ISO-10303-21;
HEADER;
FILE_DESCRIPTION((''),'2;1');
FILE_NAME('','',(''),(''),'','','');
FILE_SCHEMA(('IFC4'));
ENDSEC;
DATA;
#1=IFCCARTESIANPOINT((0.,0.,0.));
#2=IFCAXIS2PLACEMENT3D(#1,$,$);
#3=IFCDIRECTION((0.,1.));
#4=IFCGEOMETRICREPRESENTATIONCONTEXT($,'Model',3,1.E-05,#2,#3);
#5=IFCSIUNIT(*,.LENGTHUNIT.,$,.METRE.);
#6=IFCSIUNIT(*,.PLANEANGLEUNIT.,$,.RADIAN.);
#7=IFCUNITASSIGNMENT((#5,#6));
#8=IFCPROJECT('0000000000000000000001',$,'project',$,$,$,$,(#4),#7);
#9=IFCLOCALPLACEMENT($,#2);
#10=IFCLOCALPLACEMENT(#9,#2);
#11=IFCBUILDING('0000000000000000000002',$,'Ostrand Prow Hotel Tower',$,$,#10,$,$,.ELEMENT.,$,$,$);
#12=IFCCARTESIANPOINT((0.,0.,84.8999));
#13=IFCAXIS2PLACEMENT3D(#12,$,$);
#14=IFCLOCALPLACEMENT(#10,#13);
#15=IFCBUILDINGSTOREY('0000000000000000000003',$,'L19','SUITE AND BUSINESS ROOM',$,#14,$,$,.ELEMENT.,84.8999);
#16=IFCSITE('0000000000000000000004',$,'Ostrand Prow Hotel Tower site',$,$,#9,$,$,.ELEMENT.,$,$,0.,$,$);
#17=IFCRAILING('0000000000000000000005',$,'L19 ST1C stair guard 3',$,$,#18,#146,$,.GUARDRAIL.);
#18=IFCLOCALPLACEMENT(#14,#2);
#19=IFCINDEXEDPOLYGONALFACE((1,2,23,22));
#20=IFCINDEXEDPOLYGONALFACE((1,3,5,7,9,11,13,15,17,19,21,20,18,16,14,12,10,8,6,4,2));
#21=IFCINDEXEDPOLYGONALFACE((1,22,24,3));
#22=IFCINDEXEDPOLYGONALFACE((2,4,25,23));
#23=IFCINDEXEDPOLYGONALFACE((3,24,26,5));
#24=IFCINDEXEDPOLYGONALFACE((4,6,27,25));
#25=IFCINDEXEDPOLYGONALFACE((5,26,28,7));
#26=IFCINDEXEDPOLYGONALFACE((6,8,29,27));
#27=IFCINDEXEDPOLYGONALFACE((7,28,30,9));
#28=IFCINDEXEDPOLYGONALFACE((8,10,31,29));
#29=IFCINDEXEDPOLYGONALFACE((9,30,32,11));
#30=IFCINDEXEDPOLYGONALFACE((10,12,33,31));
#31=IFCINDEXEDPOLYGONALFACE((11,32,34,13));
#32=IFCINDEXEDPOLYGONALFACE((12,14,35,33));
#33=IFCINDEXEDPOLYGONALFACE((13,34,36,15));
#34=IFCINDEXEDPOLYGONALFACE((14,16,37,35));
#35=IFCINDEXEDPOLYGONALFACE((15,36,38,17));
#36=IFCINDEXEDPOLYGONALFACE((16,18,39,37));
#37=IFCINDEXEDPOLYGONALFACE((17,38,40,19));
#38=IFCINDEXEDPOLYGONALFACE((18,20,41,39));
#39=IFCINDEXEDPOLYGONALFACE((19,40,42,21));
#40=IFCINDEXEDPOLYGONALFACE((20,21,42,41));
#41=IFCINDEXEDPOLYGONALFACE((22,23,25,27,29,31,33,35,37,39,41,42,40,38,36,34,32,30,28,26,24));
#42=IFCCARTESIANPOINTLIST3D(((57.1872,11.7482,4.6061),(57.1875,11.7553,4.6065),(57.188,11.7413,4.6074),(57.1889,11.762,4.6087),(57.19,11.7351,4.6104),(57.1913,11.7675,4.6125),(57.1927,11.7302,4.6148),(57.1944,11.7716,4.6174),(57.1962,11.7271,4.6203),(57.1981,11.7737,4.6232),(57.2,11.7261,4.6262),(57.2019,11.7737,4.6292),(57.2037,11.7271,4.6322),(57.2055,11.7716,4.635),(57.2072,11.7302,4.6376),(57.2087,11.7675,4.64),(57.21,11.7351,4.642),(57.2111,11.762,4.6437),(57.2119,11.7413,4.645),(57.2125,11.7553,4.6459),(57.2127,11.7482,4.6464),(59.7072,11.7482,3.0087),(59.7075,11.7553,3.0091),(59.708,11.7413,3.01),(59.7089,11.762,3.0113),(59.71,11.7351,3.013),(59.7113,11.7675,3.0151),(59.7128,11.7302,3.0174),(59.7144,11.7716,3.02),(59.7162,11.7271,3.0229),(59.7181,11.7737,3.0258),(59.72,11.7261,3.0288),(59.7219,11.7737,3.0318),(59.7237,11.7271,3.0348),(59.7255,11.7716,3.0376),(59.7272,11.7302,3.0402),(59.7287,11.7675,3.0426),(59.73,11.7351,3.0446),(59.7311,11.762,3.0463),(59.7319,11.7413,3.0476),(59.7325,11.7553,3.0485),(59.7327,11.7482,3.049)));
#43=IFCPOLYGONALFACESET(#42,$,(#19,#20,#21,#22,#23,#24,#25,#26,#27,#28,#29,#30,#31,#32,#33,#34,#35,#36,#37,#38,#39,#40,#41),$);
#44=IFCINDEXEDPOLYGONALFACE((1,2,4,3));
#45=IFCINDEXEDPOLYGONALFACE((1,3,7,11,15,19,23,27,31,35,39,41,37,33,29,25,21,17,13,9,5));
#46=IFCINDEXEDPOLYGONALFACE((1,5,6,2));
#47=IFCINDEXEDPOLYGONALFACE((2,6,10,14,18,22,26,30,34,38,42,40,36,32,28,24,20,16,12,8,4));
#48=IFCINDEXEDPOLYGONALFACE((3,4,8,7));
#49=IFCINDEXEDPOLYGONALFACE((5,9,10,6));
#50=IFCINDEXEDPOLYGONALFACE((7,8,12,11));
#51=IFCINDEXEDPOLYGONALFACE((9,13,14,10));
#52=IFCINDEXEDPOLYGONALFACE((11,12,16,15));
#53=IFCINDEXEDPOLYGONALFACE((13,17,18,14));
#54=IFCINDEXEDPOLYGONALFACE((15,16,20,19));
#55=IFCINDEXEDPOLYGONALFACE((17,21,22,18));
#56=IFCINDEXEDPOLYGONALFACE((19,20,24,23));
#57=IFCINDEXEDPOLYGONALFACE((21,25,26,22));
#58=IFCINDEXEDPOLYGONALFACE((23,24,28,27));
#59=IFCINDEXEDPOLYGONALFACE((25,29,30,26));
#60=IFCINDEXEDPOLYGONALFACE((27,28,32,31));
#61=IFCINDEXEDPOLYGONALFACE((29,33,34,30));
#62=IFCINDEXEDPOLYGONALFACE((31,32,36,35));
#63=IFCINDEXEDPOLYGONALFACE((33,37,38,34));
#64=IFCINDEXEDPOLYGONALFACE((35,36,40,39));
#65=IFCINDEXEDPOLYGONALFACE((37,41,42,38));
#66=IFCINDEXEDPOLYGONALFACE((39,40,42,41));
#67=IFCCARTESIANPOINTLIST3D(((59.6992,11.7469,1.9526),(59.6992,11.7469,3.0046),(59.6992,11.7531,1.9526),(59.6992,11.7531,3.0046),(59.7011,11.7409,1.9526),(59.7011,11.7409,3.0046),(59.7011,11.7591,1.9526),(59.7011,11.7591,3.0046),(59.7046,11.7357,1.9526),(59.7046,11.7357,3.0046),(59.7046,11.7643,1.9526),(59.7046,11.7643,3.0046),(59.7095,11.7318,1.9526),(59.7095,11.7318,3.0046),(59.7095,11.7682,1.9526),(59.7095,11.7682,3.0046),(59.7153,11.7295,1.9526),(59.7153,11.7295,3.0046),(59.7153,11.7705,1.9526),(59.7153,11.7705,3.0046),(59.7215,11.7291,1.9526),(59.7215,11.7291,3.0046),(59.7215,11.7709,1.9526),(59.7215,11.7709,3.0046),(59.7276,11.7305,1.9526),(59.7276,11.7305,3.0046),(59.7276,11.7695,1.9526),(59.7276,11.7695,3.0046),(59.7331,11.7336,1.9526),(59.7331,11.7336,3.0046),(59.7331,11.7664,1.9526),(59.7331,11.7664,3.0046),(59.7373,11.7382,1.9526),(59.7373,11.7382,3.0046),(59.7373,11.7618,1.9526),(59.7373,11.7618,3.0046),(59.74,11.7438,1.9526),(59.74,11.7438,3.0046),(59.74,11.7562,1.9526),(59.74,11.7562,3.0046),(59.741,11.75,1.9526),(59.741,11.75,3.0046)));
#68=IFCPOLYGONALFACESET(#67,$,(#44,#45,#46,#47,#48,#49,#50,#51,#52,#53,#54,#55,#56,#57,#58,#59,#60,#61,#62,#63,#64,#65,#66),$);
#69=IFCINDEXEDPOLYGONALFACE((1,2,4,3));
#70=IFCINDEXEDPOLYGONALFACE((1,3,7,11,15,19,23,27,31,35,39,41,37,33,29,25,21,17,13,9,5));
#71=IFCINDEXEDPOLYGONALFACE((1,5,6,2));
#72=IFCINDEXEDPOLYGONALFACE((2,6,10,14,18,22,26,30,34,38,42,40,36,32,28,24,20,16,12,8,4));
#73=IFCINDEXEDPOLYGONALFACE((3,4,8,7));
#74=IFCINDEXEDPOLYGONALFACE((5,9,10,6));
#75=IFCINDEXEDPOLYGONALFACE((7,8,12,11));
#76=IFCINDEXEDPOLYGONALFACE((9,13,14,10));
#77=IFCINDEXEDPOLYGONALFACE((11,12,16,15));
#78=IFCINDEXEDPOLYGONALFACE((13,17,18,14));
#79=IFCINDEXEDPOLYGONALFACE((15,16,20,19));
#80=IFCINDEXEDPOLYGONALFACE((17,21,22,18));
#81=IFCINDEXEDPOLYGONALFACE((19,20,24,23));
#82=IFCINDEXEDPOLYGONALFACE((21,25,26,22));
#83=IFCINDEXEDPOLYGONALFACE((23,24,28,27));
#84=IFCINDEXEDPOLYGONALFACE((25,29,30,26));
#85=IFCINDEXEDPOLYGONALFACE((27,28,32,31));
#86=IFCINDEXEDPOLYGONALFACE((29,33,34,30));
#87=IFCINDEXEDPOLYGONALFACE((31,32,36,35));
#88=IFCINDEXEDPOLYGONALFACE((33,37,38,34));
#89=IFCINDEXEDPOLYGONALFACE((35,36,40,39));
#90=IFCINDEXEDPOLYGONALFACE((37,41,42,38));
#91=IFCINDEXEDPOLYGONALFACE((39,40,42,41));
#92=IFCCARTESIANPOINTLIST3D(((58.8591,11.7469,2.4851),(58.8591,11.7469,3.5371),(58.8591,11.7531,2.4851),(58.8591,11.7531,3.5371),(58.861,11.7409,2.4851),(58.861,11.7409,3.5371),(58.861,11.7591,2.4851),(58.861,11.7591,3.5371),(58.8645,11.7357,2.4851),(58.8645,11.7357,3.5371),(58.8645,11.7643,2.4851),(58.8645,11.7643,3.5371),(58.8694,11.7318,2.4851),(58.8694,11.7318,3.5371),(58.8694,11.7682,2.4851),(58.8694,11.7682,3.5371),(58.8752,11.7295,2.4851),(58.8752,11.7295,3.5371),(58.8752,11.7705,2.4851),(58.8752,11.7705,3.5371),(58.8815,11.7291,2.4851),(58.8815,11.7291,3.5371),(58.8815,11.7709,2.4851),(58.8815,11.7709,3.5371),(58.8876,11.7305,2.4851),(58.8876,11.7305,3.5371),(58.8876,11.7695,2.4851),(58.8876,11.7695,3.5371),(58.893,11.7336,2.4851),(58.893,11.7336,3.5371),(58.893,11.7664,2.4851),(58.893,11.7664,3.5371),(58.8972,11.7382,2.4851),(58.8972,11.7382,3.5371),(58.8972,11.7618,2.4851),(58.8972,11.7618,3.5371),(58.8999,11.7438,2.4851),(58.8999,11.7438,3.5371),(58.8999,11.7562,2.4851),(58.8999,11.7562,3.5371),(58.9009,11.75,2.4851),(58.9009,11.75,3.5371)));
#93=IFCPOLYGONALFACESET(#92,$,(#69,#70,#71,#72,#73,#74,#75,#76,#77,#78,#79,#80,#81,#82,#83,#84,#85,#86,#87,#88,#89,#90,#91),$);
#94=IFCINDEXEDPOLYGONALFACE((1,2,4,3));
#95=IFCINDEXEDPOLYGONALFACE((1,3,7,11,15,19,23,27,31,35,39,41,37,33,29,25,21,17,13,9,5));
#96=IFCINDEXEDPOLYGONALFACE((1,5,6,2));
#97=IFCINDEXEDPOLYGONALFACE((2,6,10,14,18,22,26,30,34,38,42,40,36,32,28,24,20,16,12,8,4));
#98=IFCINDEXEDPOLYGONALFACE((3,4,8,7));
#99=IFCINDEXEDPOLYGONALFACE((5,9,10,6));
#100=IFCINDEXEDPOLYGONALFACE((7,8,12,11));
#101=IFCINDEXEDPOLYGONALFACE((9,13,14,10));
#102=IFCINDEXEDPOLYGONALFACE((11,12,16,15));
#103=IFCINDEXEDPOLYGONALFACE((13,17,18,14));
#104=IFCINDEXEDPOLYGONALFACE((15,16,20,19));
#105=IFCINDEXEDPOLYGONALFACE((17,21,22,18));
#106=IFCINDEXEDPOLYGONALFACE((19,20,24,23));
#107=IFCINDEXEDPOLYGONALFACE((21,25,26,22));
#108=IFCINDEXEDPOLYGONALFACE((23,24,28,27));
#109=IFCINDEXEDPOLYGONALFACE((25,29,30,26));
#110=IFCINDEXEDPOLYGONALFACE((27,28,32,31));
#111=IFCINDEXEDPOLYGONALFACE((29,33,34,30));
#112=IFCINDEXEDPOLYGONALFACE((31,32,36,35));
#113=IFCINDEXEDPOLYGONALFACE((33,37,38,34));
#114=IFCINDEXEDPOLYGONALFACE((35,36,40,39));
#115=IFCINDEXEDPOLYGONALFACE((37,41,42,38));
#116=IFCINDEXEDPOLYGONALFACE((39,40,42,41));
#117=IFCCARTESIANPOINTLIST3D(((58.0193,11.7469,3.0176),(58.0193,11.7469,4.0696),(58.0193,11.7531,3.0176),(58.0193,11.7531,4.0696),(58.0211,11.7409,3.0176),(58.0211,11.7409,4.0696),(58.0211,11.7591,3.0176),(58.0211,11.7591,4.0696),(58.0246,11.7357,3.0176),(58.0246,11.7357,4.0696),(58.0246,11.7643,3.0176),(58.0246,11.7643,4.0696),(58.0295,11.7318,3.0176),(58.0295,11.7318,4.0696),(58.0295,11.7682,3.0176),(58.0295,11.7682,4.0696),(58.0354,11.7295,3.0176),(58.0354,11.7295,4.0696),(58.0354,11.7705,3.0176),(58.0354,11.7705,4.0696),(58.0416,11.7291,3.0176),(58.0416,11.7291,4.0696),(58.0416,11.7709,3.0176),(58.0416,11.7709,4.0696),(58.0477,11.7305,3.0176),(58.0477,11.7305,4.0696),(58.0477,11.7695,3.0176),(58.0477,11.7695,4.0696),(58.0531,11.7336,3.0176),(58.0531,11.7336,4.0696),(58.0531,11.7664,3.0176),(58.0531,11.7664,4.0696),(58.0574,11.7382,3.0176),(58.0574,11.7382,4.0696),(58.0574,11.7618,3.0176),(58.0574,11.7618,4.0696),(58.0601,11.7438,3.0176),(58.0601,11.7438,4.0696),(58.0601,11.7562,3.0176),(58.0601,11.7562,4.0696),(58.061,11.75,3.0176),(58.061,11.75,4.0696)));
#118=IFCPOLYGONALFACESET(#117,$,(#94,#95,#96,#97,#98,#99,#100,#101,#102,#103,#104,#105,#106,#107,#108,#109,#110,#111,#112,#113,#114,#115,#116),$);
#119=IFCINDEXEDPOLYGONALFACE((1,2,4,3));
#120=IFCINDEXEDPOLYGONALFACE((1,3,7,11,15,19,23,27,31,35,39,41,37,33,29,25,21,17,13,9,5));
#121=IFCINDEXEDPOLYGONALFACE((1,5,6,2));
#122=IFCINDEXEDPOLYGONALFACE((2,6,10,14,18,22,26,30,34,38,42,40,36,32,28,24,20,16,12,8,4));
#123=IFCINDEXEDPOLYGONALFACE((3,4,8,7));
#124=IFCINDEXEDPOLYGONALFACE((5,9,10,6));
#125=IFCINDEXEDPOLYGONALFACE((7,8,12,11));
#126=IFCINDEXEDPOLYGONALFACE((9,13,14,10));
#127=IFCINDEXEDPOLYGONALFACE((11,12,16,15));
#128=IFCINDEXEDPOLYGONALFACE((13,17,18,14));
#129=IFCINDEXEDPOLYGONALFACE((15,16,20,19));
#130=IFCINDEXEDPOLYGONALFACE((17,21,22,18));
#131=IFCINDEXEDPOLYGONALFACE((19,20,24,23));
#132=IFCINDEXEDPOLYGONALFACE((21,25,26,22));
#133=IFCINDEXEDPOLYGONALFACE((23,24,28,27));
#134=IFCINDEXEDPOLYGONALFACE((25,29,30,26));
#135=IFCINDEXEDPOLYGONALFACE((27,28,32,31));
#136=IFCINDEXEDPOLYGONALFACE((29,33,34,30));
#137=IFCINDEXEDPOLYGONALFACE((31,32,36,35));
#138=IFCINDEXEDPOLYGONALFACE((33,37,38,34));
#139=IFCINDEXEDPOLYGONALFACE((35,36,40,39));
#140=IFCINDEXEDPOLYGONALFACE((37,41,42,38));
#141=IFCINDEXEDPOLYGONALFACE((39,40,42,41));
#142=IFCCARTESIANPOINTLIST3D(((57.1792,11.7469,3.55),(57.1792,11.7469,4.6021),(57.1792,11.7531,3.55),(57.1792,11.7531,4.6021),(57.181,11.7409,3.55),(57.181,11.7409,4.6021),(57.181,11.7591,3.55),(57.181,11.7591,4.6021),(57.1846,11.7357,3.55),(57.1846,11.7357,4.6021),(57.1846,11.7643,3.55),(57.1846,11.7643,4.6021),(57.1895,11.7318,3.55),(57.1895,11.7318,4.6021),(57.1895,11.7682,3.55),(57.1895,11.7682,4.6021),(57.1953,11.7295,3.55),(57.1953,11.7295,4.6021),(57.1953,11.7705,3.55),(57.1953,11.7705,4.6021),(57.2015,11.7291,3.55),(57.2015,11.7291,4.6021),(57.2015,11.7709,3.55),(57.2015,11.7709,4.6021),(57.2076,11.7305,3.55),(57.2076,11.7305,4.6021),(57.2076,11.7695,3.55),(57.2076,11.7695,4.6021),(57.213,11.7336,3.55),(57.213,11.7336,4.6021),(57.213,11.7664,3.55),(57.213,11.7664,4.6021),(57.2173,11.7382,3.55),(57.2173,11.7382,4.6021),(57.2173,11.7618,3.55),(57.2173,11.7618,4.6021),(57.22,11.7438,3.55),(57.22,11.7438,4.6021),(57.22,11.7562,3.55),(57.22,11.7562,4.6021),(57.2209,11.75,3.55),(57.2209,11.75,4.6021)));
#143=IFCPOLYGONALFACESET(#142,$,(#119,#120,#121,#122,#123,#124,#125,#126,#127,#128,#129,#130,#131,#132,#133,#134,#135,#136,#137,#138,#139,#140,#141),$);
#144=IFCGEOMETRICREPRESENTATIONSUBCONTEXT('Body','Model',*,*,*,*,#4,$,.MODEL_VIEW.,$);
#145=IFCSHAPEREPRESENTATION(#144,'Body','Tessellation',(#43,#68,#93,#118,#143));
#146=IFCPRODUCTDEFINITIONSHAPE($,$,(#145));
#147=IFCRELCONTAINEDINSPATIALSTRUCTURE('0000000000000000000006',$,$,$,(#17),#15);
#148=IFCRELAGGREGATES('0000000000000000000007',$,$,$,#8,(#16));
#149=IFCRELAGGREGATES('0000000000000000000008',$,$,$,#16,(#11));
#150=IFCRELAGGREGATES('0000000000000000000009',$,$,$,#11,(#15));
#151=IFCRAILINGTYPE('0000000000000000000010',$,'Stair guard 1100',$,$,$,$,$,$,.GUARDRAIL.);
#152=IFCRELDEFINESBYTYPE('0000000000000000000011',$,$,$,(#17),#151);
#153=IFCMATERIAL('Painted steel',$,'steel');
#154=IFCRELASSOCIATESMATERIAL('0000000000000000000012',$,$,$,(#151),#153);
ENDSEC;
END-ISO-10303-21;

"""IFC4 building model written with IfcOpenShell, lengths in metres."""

from ifc_helpers import new_model, si_unit, direction, frame, origin, origin_2d, place, context, subcontext, project, spatial, circle, extrude, material, type_object, element, save


model = new_model("IFC4")

# Units and contexts
model_context = context("Model", 3, precision=1e-05, world=origin(), true_north=direction((0.0, 1.0)))
body_context = subcontext(model_context, "Body", "Model", "MODEL_VIEW")
ifc_project = project(units=[si_unit("LENGTHUNIT", "METRE"), si_unit("PLANEANGLEUNIT", "RADIAN")], contexts=[model_context])

# Site, building, storey
site_placement = place(None, origin())
site = spatial("IfcSite", under=ifc_project, at=site_placement, Name="Ostrand Prow Hotel Tower site", CompositionType="ELEMENT", RefElevation=0.0)
building_placement = place(site_placement, origin())
building = spatial("IfcBuilding", under=site, at=building_placement, Name="Ostrand Prow Hotel Tower", CompositionType="ELEMENT")
storey_placement = place(building_placement, frame((0.0, 0.0, 84.8999)))
storey = spatial("IfcBuildingStorey", under=building, at=storey_placement, Name="L19", Description="SUITE AND BUSINESS ROOM", CompositionType="ELEMENT", Elevation=84.8999)

# Railing
ifc_material_1 = material(Name="Painted steel", Category="steel")
railing_type_1 = type_object("IfcRailingType", Name="Stair guard 1100", PredefinedType="GUARDRAIL", material=ifc_material_1)
railing_1_placement = place(storey_placement, frame((59.72, 11.75, 1.9526)))
element("IfcRailing", 1, at=railing_1_placement, inside=storey, type_object=railing_type_1, Name="L19 ST1C stair guard 3", PredefinedType="GUARDRAIL", context=body_context, shape_type="SweptSolid", body=[
    extrude(circle(Radius=0.0239, at=origin_2d()), frame((0.0, 0.0, 1.0762), z_axis=(-0.844607, 0.0, 0.535387), x_axis=(0.0, -1.0, 0.0)), (0.0, 0.0, 1.0), 2.9836),
    extrude(circle(Radius=0.021, at=origin_2d()), origin(), (0.0, 0.0, 1.0), 1.052),
    extrude(circle(Radius=0.021, at=origin_2d()), frame((-0.8401, 0.0, 0.5325)), (0.0, 0.0, 1.0), 1.052),
    extrude(circle(Radius=0.021, at=origin_2d()), frame((-1.6799, 0.0, 1.0649)), (0.0, 0.0, 1.0), 1.052),
    extrude(circle(Radius=0.021, at=origin_2d()), frame((-2.52, 0.0, 1.5974)), (0.0, 0.0, 1.0), 1.052),
])

save(model, "model.ifc")
